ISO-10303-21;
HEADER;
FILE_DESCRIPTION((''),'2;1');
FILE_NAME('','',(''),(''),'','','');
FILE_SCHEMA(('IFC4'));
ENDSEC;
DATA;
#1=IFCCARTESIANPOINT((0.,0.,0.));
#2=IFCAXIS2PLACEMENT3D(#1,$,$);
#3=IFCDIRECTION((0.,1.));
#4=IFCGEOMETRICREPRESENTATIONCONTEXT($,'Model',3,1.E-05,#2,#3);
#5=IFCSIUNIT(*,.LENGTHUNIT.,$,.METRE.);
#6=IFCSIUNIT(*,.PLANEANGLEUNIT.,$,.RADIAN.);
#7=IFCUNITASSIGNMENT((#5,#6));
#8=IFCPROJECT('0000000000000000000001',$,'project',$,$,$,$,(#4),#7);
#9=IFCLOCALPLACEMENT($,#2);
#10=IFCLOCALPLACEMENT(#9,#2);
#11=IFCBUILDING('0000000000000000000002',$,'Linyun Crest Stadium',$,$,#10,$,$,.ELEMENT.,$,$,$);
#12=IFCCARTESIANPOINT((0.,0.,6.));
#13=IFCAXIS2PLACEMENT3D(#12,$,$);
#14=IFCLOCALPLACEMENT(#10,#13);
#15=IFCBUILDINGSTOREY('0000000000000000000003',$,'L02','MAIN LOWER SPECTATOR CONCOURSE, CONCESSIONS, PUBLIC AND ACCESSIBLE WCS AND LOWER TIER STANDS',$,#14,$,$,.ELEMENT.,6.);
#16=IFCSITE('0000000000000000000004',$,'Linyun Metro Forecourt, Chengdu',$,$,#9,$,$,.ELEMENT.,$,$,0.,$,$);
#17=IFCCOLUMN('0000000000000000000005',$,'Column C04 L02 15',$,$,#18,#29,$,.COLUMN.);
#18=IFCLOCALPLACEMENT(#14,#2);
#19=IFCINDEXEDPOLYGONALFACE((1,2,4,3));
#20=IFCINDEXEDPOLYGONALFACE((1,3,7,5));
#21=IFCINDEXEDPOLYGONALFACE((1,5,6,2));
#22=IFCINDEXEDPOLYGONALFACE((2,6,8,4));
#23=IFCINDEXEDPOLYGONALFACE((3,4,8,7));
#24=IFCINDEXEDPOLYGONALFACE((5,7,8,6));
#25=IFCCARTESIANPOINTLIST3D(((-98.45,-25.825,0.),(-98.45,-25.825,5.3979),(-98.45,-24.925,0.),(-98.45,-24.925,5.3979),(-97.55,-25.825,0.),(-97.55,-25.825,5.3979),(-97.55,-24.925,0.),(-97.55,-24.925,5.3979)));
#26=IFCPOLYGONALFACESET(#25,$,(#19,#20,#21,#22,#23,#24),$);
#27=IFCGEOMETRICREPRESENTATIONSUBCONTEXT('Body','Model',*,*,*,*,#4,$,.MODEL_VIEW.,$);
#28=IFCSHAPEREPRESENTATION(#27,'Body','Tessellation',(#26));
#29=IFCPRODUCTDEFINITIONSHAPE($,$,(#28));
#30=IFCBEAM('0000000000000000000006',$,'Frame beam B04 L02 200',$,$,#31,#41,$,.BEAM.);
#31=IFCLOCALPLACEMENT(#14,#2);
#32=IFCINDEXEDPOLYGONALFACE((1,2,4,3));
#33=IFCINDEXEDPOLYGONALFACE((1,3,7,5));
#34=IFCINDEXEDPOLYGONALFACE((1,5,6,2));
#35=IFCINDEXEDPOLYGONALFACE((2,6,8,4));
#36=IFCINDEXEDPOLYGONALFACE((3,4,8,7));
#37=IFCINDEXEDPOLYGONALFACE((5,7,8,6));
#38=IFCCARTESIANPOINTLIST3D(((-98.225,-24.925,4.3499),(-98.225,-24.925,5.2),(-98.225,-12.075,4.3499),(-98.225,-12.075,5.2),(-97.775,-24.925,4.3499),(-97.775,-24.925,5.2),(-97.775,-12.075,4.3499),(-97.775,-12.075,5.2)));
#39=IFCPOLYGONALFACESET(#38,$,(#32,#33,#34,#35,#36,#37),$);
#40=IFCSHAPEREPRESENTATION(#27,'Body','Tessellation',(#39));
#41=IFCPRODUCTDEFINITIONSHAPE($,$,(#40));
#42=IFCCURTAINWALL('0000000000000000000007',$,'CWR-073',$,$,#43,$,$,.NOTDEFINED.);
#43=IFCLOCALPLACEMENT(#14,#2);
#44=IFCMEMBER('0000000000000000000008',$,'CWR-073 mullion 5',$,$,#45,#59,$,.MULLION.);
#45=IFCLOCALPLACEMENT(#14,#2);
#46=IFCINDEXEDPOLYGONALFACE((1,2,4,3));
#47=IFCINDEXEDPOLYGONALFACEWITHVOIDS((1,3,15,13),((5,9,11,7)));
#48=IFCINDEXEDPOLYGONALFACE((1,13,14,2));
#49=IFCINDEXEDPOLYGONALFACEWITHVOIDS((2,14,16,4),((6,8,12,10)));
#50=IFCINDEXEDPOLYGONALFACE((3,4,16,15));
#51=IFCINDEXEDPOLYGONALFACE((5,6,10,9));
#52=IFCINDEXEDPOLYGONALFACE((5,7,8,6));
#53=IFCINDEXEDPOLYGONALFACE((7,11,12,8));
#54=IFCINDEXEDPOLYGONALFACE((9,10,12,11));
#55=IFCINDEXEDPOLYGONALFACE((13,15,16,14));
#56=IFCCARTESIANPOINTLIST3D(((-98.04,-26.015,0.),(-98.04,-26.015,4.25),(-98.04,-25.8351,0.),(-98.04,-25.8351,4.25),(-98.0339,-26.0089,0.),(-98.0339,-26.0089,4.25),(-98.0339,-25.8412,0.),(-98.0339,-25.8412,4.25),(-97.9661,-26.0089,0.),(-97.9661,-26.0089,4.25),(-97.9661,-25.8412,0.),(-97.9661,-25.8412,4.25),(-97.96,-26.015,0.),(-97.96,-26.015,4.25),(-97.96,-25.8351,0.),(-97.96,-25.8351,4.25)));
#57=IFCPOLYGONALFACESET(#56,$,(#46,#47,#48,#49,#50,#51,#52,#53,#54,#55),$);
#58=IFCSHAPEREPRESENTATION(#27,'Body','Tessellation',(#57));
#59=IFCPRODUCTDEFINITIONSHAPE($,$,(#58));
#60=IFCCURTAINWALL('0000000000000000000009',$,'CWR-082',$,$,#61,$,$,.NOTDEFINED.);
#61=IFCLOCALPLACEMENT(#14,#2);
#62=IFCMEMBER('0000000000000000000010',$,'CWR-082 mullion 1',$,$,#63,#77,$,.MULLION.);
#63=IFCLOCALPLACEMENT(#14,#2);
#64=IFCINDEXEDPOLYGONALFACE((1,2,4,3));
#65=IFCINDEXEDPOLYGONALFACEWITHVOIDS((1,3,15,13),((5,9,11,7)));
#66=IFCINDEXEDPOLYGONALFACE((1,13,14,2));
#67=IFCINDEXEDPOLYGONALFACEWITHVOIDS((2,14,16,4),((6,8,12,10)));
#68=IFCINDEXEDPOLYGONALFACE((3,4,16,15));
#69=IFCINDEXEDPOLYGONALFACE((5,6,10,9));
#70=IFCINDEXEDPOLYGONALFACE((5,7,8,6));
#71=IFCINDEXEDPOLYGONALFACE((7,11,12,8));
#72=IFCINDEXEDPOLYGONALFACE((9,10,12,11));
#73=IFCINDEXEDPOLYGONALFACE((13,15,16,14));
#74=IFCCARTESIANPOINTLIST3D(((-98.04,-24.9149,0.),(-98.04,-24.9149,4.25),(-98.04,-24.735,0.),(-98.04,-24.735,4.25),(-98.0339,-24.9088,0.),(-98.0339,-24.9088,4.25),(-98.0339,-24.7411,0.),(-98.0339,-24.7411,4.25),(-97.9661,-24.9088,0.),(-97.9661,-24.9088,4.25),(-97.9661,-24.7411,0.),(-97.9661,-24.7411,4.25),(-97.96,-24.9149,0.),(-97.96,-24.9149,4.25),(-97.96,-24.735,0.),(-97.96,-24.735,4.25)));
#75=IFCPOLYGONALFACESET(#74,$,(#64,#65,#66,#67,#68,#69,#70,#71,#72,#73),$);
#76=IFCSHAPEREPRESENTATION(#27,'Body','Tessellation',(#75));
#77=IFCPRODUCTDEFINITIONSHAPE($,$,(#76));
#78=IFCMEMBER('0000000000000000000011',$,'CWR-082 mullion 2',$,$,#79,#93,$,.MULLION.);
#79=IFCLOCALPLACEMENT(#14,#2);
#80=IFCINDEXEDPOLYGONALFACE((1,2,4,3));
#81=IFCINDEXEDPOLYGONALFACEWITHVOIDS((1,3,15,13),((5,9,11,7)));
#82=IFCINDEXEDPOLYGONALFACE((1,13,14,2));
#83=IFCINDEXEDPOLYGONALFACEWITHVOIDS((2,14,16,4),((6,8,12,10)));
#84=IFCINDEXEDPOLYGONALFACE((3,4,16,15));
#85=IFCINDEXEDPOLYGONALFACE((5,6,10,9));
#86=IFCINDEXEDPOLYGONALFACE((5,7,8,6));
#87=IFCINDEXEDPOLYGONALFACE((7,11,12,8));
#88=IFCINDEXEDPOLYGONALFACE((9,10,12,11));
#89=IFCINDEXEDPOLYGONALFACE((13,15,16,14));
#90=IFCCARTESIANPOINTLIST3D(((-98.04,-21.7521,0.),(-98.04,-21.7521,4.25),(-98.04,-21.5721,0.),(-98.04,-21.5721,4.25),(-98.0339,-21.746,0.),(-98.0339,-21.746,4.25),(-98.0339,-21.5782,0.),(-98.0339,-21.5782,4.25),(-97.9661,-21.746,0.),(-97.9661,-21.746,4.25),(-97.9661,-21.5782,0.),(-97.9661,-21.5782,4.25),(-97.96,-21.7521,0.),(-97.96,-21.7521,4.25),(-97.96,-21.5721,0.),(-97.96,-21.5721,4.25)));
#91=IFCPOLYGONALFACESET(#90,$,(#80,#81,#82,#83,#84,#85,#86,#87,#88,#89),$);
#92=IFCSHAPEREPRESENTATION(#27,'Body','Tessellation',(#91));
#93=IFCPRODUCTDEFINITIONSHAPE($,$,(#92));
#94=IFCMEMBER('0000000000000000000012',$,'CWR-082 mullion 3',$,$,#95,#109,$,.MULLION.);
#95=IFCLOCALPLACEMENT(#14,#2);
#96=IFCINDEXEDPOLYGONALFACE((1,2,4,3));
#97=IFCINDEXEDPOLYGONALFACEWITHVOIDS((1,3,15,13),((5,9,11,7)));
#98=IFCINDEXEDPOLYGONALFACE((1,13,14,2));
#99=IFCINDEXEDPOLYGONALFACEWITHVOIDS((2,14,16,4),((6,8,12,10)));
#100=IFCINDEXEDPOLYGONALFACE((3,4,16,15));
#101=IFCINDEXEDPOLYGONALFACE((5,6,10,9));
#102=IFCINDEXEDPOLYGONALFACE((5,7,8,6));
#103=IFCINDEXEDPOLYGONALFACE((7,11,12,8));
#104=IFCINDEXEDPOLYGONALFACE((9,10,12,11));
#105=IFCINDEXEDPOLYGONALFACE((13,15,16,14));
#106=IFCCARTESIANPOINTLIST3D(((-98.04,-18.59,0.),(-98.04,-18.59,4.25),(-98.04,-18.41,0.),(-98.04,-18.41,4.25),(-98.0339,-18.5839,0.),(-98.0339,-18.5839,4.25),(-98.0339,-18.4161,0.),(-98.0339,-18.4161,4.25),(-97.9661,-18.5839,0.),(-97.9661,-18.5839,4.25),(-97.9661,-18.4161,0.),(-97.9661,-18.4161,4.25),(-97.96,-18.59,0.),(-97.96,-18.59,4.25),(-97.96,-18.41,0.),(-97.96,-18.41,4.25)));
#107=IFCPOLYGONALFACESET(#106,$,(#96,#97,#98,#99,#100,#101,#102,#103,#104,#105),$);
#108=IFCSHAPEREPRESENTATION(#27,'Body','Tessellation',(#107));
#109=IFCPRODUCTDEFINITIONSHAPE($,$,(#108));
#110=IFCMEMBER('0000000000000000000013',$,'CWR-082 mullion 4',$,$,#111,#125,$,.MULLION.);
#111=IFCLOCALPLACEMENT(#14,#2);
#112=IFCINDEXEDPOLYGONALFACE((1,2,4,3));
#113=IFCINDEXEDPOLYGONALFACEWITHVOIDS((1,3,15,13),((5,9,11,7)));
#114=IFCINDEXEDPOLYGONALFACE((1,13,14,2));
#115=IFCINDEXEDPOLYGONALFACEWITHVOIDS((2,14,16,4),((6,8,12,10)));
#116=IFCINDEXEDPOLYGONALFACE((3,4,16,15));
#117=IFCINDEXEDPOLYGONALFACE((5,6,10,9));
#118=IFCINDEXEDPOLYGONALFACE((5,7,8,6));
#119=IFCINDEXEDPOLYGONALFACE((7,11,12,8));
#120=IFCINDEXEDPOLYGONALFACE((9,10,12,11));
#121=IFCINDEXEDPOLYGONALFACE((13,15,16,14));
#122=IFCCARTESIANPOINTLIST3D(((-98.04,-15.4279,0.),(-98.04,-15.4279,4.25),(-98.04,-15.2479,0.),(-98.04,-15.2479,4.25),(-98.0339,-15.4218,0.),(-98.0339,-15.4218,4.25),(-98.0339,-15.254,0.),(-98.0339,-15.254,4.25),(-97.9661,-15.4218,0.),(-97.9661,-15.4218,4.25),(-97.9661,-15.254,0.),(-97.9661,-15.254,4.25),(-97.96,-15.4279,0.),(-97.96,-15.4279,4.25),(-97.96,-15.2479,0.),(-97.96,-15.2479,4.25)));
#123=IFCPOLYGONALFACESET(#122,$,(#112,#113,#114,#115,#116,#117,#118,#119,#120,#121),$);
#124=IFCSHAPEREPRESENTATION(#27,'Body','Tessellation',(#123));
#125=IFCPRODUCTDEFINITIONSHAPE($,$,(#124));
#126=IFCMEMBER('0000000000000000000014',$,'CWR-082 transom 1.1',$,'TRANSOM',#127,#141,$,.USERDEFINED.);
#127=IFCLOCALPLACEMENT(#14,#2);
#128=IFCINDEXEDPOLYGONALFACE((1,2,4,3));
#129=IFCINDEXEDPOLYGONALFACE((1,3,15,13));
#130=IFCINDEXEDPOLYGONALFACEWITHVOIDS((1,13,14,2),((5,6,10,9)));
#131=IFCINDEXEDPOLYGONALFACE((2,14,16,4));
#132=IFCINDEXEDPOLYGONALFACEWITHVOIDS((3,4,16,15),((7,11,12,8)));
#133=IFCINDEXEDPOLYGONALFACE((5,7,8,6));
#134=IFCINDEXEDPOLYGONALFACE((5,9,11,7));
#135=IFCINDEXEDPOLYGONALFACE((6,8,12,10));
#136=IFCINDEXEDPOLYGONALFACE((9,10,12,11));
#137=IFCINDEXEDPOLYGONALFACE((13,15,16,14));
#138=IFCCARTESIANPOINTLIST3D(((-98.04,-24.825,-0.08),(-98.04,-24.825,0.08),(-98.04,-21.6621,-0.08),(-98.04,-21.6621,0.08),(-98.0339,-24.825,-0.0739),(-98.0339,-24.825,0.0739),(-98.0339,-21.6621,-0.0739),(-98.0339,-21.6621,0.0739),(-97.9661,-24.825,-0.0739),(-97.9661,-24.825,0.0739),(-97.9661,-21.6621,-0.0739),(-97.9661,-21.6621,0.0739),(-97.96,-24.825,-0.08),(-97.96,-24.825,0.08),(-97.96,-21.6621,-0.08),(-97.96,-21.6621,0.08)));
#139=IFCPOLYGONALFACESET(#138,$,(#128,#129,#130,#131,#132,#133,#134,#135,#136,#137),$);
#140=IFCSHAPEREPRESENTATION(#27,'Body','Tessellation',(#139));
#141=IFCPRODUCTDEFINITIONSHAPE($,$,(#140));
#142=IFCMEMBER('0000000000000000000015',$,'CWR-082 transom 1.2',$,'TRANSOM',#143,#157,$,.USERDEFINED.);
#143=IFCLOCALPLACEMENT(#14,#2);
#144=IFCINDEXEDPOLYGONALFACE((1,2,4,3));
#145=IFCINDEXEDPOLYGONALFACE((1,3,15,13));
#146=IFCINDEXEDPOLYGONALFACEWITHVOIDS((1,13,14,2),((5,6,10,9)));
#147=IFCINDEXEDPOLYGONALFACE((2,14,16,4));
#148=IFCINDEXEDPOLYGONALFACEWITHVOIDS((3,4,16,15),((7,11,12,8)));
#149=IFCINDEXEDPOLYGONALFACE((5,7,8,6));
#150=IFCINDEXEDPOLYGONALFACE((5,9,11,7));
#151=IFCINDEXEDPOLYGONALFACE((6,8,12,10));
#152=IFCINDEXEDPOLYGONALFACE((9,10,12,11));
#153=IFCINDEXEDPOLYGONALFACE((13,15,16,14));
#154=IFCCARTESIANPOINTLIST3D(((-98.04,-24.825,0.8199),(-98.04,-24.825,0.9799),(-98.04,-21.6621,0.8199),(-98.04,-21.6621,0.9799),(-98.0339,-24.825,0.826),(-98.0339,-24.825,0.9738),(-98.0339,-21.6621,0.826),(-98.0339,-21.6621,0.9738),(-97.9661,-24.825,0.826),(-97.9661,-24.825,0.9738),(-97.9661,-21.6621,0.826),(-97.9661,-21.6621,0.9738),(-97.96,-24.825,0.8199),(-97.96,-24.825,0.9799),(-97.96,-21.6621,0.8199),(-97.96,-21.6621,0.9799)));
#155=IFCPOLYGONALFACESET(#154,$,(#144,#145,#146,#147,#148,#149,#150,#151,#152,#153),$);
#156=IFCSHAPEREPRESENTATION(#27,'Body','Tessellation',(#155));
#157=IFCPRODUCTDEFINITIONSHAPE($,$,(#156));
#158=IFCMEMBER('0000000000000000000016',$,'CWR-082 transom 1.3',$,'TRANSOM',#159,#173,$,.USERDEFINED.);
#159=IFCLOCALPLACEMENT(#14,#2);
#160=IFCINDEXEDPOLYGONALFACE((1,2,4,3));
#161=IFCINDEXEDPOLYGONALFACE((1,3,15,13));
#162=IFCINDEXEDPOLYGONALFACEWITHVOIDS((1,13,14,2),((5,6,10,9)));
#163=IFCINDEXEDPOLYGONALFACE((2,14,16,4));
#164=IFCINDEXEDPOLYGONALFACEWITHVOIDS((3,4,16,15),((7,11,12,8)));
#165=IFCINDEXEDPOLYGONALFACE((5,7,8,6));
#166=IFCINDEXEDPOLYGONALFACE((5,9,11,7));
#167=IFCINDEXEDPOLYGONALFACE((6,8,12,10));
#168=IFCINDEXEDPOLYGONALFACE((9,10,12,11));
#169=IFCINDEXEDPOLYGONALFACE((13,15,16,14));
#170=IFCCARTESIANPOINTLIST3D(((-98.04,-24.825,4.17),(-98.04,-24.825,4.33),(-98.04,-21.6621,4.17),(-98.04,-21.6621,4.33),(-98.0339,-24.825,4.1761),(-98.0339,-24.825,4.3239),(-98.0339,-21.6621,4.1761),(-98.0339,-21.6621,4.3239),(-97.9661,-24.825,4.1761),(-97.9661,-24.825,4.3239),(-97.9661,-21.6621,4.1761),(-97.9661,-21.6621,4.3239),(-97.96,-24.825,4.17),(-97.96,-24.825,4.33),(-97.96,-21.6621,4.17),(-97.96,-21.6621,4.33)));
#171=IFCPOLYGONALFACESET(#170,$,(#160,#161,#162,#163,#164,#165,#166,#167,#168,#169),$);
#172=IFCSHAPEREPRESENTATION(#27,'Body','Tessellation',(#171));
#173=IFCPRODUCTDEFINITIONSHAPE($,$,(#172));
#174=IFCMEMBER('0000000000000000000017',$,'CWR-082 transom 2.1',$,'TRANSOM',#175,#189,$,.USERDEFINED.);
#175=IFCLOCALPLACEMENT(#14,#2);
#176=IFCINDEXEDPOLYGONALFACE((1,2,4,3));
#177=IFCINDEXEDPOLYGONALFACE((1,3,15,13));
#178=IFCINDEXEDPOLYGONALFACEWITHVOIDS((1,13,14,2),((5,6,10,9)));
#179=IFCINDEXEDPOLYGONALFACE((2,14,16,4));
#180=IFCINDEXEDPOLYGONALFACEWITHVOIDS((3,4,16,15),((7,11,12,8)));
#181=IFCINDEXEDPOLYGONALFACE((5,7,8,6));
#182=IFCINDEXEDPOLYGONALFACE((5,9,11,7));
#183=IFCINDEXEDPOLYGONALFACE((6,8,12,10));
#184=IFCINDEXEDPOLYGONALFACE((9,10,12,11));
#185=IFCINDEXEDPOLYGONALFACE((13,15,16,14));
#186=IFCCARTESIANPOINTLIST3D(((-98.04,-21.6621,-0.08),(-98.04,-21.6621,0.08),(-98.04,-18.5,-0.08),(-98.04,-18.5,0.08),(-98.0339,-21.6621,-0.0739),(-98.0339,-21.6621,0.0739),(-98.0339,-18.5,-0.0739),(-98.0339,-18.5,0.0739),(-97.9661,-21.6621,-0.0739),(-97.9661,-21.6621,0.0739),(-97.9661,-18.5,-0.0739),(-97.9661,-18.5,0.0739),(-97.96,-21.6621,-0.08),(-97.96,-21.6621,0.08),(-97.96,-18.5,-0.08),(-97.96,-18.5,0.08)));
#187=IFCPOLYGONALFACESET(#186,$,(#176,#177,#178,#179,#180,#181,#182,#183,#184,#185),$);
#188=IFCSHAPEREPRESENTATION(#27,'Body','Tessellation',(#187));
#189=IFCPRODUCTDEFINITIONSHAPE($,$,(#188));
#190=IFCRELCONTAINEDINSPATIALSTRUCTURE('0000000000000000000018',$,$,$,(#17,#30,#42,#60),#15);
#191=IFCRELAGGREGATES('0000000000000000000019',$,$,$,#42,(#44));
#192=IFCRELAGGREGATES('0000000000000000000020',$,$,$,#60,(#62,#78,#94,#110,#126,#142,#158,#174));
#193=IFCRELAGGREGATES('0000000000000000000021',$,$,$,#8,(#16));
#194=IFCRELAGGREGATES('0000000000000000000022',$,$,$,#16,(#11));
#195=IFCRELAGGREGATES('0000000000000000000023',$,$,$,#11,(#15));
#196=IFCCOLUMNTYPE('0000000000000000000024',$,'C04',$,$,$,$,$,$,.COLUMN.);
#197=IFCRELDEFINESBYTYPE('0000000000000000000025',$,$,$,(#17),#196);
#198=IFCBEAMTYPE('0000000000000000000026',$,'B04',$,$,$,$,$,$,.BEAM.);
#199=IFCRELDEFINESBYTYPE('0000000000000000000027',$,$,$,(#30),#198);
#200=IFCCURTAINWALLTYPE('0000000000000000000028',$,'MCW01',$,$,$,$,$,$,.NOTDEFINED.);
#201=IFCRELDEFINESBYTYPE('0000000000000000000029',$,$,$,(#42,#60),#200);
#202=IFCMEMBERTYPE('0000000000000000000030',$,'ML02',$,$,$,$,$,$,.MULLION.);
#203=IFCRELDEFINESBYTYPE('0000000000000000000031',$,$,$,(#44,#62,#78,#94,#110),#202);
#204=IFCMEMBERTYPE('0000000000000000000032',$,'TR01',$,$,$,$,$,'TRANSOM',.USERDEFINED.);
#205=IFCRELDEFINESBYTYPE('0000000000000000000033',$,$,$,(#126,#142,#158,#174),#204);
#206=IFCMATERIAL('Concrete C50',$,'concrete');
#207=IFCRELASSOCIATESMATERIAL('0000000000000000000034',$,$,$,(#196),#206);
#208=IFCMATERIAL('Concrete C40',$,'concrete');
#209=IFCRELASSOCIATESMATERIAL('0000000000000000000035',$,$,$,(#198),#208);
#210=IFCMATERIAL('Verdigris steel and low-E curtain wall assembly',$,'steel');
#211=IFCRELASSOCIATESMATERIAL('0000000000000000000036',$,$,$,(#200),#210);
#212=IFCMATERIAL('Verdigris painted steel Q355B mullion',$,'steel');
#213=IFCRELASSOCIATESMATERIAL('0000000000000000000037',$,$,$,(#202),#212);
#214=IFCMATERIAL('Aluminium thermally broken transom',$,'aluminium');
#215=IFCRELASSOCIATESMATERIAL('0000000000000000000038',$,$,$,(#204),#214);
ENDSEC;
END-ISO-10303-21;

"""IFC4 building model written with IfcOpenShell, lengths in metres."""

from ifc_helpers import new_model, si_unit, direction, frame, origin, origin_2d, place, context, subcontext, project, spatial, rectangle, hollow_rectangle, extrude, material, material_profile, profile_set, type_object, element, aggregate, save


model = new_model("IFC4")

# Units and contexts
model_context = context("Model", 3, precision=1e-05, world=origin(), true_north=direction((0.0, 1.0)))
body_context = subcontext(model_context, "Body", "Model", "MODEL_VIEW")
ifc_project = project(units=[si_unit("LENGTHUNIT", "METRE"), si_unit("PLANEANGLEUNIT", "RADIAN")], contexts=[model_context])

# Site, building, storey
site_placement = place(None, origin())
site = spatial("IfcSite", under=ifc_project, at=site_placement, Name="Linyun Metro Forecourt, Chengdu", CompositionType="ELEMENT", RefElevation=0.0)
building_placement = place(site_placement, origin())
building = spatial("IfcBuilding", under=site, at=building_placement, Name="Linyun Crest Stadium", CompositionType="ELEMENT")
storey_placement = place(building_placement, frame((0.0, 0.0, 6.0)))
storey = spatial("IfcBuildingStorey", under=building, at=storey_placement, Name="L02", Description="MAIN LOWER SPECTATOR CONCOURSE, CONCESSIONS, PUBLIC AND ACCESSIBLE WCS AND LOWER TIER STANDS", CompositionType="ELEMENT", Elevation=6.0)

# Column
ifc_material_1 = material(Name="Concrete C50", Category="concrete")
ifc_material_profile_1 = material_profile(ifc_material_1, rectangle(XDim=0.8999, YDim=0.8999, at=origin_2d()), Name="RC 900x900")
ifc_profile_set_1 = profile_set([ifc_material_profile_1], Name="Concrete C50")
column_type = type_object("IfcColumnType", Name="C04", PredefinedType="COLUMN", material=ifc_profile_set_1)
column_placement = place(storey_placement, frame((-98.0, -25.375, 0.0), z_axis=(0.0, 0.0, 1.0), x_axis=(1.0, 0.0, 0.0)))
element("IfcColumn", 1, at=column_placement, inside=storey, type_object=column_type, Name="Column C04 L02 15", PredefinedType="COLUMN", context=body_context, shape_type="SweptSolid", body=[
    extrude(rectangle(XDim=0.8999, YDim=0.8999, at=origin_2d()), origin(), (0.0, 0.0, 1.0), 5.3979),
])

# Beam
ifc_material_2 = material(Name="Concrete C40", Category="concrete")
ifc_material_profile_2 = material_profile(ifc_material_2, rectangle(XDim=0.45, YDim=0.8501, at=origin_2d()), Name="RCB 850x450")
ifc_profile_set_2 = profile_set([ifc_material_profile_2], Name="Concrete C40")
beam_type = type_object("IfcBeamType", Name="B04", PredefinedType="BEAM", material=ifc_profile_set_2)
beam_placement = place(storey_placement, frame((-98.0, -24.925, 4.7749), z_axis=(0.0, 1.0, 0.0), x_axis=(-1.0, 0.0, 0.0)))
element("IfcBeam", 2, at=beam_placement, inside=storey, type_object=beam_type, Name="Frame beam B04 L02 200", PredefinedType="BEAM", context=body_context, shape_type="SweptSolid", body=[
    extrude(rectangle(XDim=0.45, YDim=0.8501, at=origin_2d()), origin(), (0.0, 0.0, 1.0), 12.8501),
])

# Curtain wall, member
ifc_material_3 = material(Name="Verdigris steel and low-E curtain wall assembly", Category="steel")
curtain_wall_type = type_object("IfcCurtainWallType", Name="MCW01", PredefinedType="NOTDEFINED", material=ifc_material_3)
curtain_wall_1_placement = place(storey_placement, origin())
curtain_wall_1 = element("IfcCurtainWall", 3, at=curtain_wall_1_placement, inside=storey, type_object=curtain_wall_type, Name="CWR-073", PredefinedType="NOTDEFINED")
ifc_material_4 = material(Name="Verdigris painted steel Q355B mullion", Category="steel")
ifc_material_profile_3 = material_profile(ifc_material_4, hollow_rectangle(XDim=0.0801, YDim=0.1799, WallThickness=0.0061, at=origin_2d()), Name="RHS 180x80x6")
ifc_profile_set_3 = profile_set([ifc_material_profile_3], Name="Verdigris painted steel Q355B mullion")
member_type_1 = type_object("IfcMemberType", Name="ML02", PredefinedType="MULLION", material=ifc_profile_set_3)
member_1_placement = place(storey_placement, frame((-98.0, -25.925, 0.0), z_axis=(0.0, 0.0, 1.0), x_axis=(-1.0, 0.0, 0.0)))
member_1 = element("IfcMember", 4, at=member_1_placement, type_object=member_type_1, Name="CWR-073 mullion 5", PredefinedType="MULLION", context=body_context, shape_type="SweptSolid", body=[
    extrude(hollow_rectangle(XDim=0.0801, YDim=0.1799, WallThickness=0.0061, at=origin_2d()), origin(), (0.0, 0.0, 1.0), 4.25),
])
aggregate(curtain_wall_1, [member_1])

# Curtain wall, members
curtain_wall_2_placement = place(storey_placement, origin())
curtain_wall_2 = element("IfcCurtainWall", 5, at=curtain_wall_2_placement, inside=storey, type_object=curtain_wall_type, Name="CWR-082", PredefinedType="NOTDEFINED")
member_2_placement = place(storey_placement, frame((-98.0, -24.825, 0.0), z_axis=(0.0, 0.0, 1.0), x_axis=(-1.0, 0.0, 0.0)))
member_2 = element("IfcMember", 6, at=member_2_placement, type_object=member_type_1, Name="CWR-082 mullion 1", PredefinedType="MULLION", context=body_context, shape_type="SweptSolid", body=[
    extrude(hollow_rectangle(XDim=0.0801, YDim=0.1799, WallThickness=0.0061, at=origin_2d()), origin(), (0.0, 0.0, 1.0), 4.25),
])
member_3_placement = place(storey_placement, frame((-98.0, -21.6621, 0.0), z_axis=(0.0, 0.0, 1.0), x_axis=(-1.0, 0.0, 0.0)))
member_3 = element("IfcMember", 7, at=member_3_placement, type_object=member_type_1, Name="CWR-082 mullion 2", PredefinedType="MULLION", context=body_context, shape_type="SweptSolid", body=[
    extrude(hollow_rectangle(XDim=0.0801, YDim=0.1799, WallThickness=0.0061, at=origin_2d()), origin(), (0.0, 0.0, 1.0), 4.25),
])
member_4_placement = place(storey_placement, frame((-98.0, -18.5, 0.0), z_axis=(0.0, 0.0, 1.0), x_axis=(-1.0, 0.0, 0.0)))
member_4 = element("IfcMember", 8, at=member_4_placement, type_object=member_type_1, Name="CWR-082 mullion 3", PredefinedType="MULLION", context=body_context, shape_type="SweptSolid", body=[
    extrude(hollow_rectangle(XDim=0.0801, YDim=0.1799, WallThickness=0.0061, at=origin_2d()), origin(), (0.0, 0.0, 1.0), 4.25),
])
member_5_placement = place(storey_placement, frame((-98.0, -15.3379, 0.0), z_axis=(0.0, 0.0, 1.0), x_axis=(-1.0, 0.0, 0.0)))
member_5 = element("IfcMember", 9, at=member_5_placement, type_object=member_type_1, Name="CWR-082 mullion 4", PredefinedType="MULLION", context=body_context, shape_type="SweptSolid", body=[
    extrude(hollow_rectangle(XDim=0.0801, YDim=0.1799, WallThickness=0.0061, at=origin_2d()), origin(), (0.0, 0.0, 1.0), 4.25),
])
ifc_material_5 = material(Name="Aluminium thermally broken transom", Category="aluminium")
ifc_material_profile_4 = material_profile(ifc_material_5, hollow_rectangle(XDim=0.0801, YDim=0.1599, WallThickness=0.0061, at=origin_2d()), Name="RHS 160x80x6")
ifc_profile_set_4 = profile_set([ifc_material_profile_4], Name="Aluminium thermally broken transom")
member_type_2 = type_object("IfcMemberType", Name="TR01", ElementType="TRANSOM", PredefinedType="USERDEFINED", material=ifc_profile_set_4)
member_6_placement = place(storey_placement, frame((-98.0, -24.825, 0.0), z_axis=(0.0, 1.0, 0.0), x_axis=(-1.0, 0.0, 0.0)))
member_6 = element("IfcMember", 10, at=member_6_placement, type_object=member_type_2, Name="CWR-082 transom 1.1", ObjectType="TRANSOM", PredefinedType="USERDEFINED", context=body_context, shape_type="SweptSolid", body=[
    extrude(hollow_rectangle(XDim=0.0801, YDim=0.1599, WallThickness=0.0061, at=origin_2d()), origin(), (0.0, 0.0, 1.0), 3.1628),
])
member_7_placement = place(storey_placement, frame((-98.0, -24.825, 0.8999), z_axis=(0.0, 1.0, 0.0), x_axis=(-1.0, 0.0, 0.0)))
member_7 = element("IfcMember", 11, at=member_7_placement, type_object=member_type_2, Name="CWR-082 transom 1.2", ObjectType="TRANSOM", PredefinedType="USERDEFINED", context=body_context, shape_type="SweptSolid", body=[
    extrude(hollow_rectangle(XDim=0.0801, YDim=0.1599, WallThickness=0.0061, at=origin_2d()), origin(), (0.0, 0.0, 1.0), 3.1628),
])
member_8_placement = place(storey_placement, frame((-98.0, -24.825, 4.25), z_axis=(0.0, 1.0, 0.0), x_axis=(-1.0, 0.0, 0.0)))
member_8 = element("IfcMember", 12, at=member_8_placement, type_object=member_type_2, Name="CWR-082 transom 1.3", ObjectType="TRANSOM", PredefinedType="USERDEFINED", context=body_context, shape_type="SweptSolid", body=[
    extrude(hollow_rectangle(XDim=0.0801, YDim=0.1599, WallThickness=0.0061, at=origin_2d()), origin(), (0.0, 0.0, 1.0), 3.1628),
])
member_9_placement = place(storey_placement, frame((-98.0, -21.6621, 0.0), z_axis=(0.0, 1.0, 0.0), x_axis=(-1.0, 0.0, 0.0)))
member_9 = element("IfcMember", 13, at=member_9_placement, type_object=member_type_2, Name="CWR-082 transom 2.1", ObjectType="TRANSOM", PredefinedType="USERDEFINED", context=body_context, shape_type="SweptSolid", body=[
    extrude(hollow_rectangle(XDim=0.0801, YDim=0.1599, WallThickness=0.0061, at=origin_2d()), origin(), (0.0, 0.0, 1.0), 3.1621),
])
aggregate(curtain_wall_2, [member_2, member_3, member_4, member_5, member_6, member_7, member_8, member_9])

save(model, "model.ifc")
